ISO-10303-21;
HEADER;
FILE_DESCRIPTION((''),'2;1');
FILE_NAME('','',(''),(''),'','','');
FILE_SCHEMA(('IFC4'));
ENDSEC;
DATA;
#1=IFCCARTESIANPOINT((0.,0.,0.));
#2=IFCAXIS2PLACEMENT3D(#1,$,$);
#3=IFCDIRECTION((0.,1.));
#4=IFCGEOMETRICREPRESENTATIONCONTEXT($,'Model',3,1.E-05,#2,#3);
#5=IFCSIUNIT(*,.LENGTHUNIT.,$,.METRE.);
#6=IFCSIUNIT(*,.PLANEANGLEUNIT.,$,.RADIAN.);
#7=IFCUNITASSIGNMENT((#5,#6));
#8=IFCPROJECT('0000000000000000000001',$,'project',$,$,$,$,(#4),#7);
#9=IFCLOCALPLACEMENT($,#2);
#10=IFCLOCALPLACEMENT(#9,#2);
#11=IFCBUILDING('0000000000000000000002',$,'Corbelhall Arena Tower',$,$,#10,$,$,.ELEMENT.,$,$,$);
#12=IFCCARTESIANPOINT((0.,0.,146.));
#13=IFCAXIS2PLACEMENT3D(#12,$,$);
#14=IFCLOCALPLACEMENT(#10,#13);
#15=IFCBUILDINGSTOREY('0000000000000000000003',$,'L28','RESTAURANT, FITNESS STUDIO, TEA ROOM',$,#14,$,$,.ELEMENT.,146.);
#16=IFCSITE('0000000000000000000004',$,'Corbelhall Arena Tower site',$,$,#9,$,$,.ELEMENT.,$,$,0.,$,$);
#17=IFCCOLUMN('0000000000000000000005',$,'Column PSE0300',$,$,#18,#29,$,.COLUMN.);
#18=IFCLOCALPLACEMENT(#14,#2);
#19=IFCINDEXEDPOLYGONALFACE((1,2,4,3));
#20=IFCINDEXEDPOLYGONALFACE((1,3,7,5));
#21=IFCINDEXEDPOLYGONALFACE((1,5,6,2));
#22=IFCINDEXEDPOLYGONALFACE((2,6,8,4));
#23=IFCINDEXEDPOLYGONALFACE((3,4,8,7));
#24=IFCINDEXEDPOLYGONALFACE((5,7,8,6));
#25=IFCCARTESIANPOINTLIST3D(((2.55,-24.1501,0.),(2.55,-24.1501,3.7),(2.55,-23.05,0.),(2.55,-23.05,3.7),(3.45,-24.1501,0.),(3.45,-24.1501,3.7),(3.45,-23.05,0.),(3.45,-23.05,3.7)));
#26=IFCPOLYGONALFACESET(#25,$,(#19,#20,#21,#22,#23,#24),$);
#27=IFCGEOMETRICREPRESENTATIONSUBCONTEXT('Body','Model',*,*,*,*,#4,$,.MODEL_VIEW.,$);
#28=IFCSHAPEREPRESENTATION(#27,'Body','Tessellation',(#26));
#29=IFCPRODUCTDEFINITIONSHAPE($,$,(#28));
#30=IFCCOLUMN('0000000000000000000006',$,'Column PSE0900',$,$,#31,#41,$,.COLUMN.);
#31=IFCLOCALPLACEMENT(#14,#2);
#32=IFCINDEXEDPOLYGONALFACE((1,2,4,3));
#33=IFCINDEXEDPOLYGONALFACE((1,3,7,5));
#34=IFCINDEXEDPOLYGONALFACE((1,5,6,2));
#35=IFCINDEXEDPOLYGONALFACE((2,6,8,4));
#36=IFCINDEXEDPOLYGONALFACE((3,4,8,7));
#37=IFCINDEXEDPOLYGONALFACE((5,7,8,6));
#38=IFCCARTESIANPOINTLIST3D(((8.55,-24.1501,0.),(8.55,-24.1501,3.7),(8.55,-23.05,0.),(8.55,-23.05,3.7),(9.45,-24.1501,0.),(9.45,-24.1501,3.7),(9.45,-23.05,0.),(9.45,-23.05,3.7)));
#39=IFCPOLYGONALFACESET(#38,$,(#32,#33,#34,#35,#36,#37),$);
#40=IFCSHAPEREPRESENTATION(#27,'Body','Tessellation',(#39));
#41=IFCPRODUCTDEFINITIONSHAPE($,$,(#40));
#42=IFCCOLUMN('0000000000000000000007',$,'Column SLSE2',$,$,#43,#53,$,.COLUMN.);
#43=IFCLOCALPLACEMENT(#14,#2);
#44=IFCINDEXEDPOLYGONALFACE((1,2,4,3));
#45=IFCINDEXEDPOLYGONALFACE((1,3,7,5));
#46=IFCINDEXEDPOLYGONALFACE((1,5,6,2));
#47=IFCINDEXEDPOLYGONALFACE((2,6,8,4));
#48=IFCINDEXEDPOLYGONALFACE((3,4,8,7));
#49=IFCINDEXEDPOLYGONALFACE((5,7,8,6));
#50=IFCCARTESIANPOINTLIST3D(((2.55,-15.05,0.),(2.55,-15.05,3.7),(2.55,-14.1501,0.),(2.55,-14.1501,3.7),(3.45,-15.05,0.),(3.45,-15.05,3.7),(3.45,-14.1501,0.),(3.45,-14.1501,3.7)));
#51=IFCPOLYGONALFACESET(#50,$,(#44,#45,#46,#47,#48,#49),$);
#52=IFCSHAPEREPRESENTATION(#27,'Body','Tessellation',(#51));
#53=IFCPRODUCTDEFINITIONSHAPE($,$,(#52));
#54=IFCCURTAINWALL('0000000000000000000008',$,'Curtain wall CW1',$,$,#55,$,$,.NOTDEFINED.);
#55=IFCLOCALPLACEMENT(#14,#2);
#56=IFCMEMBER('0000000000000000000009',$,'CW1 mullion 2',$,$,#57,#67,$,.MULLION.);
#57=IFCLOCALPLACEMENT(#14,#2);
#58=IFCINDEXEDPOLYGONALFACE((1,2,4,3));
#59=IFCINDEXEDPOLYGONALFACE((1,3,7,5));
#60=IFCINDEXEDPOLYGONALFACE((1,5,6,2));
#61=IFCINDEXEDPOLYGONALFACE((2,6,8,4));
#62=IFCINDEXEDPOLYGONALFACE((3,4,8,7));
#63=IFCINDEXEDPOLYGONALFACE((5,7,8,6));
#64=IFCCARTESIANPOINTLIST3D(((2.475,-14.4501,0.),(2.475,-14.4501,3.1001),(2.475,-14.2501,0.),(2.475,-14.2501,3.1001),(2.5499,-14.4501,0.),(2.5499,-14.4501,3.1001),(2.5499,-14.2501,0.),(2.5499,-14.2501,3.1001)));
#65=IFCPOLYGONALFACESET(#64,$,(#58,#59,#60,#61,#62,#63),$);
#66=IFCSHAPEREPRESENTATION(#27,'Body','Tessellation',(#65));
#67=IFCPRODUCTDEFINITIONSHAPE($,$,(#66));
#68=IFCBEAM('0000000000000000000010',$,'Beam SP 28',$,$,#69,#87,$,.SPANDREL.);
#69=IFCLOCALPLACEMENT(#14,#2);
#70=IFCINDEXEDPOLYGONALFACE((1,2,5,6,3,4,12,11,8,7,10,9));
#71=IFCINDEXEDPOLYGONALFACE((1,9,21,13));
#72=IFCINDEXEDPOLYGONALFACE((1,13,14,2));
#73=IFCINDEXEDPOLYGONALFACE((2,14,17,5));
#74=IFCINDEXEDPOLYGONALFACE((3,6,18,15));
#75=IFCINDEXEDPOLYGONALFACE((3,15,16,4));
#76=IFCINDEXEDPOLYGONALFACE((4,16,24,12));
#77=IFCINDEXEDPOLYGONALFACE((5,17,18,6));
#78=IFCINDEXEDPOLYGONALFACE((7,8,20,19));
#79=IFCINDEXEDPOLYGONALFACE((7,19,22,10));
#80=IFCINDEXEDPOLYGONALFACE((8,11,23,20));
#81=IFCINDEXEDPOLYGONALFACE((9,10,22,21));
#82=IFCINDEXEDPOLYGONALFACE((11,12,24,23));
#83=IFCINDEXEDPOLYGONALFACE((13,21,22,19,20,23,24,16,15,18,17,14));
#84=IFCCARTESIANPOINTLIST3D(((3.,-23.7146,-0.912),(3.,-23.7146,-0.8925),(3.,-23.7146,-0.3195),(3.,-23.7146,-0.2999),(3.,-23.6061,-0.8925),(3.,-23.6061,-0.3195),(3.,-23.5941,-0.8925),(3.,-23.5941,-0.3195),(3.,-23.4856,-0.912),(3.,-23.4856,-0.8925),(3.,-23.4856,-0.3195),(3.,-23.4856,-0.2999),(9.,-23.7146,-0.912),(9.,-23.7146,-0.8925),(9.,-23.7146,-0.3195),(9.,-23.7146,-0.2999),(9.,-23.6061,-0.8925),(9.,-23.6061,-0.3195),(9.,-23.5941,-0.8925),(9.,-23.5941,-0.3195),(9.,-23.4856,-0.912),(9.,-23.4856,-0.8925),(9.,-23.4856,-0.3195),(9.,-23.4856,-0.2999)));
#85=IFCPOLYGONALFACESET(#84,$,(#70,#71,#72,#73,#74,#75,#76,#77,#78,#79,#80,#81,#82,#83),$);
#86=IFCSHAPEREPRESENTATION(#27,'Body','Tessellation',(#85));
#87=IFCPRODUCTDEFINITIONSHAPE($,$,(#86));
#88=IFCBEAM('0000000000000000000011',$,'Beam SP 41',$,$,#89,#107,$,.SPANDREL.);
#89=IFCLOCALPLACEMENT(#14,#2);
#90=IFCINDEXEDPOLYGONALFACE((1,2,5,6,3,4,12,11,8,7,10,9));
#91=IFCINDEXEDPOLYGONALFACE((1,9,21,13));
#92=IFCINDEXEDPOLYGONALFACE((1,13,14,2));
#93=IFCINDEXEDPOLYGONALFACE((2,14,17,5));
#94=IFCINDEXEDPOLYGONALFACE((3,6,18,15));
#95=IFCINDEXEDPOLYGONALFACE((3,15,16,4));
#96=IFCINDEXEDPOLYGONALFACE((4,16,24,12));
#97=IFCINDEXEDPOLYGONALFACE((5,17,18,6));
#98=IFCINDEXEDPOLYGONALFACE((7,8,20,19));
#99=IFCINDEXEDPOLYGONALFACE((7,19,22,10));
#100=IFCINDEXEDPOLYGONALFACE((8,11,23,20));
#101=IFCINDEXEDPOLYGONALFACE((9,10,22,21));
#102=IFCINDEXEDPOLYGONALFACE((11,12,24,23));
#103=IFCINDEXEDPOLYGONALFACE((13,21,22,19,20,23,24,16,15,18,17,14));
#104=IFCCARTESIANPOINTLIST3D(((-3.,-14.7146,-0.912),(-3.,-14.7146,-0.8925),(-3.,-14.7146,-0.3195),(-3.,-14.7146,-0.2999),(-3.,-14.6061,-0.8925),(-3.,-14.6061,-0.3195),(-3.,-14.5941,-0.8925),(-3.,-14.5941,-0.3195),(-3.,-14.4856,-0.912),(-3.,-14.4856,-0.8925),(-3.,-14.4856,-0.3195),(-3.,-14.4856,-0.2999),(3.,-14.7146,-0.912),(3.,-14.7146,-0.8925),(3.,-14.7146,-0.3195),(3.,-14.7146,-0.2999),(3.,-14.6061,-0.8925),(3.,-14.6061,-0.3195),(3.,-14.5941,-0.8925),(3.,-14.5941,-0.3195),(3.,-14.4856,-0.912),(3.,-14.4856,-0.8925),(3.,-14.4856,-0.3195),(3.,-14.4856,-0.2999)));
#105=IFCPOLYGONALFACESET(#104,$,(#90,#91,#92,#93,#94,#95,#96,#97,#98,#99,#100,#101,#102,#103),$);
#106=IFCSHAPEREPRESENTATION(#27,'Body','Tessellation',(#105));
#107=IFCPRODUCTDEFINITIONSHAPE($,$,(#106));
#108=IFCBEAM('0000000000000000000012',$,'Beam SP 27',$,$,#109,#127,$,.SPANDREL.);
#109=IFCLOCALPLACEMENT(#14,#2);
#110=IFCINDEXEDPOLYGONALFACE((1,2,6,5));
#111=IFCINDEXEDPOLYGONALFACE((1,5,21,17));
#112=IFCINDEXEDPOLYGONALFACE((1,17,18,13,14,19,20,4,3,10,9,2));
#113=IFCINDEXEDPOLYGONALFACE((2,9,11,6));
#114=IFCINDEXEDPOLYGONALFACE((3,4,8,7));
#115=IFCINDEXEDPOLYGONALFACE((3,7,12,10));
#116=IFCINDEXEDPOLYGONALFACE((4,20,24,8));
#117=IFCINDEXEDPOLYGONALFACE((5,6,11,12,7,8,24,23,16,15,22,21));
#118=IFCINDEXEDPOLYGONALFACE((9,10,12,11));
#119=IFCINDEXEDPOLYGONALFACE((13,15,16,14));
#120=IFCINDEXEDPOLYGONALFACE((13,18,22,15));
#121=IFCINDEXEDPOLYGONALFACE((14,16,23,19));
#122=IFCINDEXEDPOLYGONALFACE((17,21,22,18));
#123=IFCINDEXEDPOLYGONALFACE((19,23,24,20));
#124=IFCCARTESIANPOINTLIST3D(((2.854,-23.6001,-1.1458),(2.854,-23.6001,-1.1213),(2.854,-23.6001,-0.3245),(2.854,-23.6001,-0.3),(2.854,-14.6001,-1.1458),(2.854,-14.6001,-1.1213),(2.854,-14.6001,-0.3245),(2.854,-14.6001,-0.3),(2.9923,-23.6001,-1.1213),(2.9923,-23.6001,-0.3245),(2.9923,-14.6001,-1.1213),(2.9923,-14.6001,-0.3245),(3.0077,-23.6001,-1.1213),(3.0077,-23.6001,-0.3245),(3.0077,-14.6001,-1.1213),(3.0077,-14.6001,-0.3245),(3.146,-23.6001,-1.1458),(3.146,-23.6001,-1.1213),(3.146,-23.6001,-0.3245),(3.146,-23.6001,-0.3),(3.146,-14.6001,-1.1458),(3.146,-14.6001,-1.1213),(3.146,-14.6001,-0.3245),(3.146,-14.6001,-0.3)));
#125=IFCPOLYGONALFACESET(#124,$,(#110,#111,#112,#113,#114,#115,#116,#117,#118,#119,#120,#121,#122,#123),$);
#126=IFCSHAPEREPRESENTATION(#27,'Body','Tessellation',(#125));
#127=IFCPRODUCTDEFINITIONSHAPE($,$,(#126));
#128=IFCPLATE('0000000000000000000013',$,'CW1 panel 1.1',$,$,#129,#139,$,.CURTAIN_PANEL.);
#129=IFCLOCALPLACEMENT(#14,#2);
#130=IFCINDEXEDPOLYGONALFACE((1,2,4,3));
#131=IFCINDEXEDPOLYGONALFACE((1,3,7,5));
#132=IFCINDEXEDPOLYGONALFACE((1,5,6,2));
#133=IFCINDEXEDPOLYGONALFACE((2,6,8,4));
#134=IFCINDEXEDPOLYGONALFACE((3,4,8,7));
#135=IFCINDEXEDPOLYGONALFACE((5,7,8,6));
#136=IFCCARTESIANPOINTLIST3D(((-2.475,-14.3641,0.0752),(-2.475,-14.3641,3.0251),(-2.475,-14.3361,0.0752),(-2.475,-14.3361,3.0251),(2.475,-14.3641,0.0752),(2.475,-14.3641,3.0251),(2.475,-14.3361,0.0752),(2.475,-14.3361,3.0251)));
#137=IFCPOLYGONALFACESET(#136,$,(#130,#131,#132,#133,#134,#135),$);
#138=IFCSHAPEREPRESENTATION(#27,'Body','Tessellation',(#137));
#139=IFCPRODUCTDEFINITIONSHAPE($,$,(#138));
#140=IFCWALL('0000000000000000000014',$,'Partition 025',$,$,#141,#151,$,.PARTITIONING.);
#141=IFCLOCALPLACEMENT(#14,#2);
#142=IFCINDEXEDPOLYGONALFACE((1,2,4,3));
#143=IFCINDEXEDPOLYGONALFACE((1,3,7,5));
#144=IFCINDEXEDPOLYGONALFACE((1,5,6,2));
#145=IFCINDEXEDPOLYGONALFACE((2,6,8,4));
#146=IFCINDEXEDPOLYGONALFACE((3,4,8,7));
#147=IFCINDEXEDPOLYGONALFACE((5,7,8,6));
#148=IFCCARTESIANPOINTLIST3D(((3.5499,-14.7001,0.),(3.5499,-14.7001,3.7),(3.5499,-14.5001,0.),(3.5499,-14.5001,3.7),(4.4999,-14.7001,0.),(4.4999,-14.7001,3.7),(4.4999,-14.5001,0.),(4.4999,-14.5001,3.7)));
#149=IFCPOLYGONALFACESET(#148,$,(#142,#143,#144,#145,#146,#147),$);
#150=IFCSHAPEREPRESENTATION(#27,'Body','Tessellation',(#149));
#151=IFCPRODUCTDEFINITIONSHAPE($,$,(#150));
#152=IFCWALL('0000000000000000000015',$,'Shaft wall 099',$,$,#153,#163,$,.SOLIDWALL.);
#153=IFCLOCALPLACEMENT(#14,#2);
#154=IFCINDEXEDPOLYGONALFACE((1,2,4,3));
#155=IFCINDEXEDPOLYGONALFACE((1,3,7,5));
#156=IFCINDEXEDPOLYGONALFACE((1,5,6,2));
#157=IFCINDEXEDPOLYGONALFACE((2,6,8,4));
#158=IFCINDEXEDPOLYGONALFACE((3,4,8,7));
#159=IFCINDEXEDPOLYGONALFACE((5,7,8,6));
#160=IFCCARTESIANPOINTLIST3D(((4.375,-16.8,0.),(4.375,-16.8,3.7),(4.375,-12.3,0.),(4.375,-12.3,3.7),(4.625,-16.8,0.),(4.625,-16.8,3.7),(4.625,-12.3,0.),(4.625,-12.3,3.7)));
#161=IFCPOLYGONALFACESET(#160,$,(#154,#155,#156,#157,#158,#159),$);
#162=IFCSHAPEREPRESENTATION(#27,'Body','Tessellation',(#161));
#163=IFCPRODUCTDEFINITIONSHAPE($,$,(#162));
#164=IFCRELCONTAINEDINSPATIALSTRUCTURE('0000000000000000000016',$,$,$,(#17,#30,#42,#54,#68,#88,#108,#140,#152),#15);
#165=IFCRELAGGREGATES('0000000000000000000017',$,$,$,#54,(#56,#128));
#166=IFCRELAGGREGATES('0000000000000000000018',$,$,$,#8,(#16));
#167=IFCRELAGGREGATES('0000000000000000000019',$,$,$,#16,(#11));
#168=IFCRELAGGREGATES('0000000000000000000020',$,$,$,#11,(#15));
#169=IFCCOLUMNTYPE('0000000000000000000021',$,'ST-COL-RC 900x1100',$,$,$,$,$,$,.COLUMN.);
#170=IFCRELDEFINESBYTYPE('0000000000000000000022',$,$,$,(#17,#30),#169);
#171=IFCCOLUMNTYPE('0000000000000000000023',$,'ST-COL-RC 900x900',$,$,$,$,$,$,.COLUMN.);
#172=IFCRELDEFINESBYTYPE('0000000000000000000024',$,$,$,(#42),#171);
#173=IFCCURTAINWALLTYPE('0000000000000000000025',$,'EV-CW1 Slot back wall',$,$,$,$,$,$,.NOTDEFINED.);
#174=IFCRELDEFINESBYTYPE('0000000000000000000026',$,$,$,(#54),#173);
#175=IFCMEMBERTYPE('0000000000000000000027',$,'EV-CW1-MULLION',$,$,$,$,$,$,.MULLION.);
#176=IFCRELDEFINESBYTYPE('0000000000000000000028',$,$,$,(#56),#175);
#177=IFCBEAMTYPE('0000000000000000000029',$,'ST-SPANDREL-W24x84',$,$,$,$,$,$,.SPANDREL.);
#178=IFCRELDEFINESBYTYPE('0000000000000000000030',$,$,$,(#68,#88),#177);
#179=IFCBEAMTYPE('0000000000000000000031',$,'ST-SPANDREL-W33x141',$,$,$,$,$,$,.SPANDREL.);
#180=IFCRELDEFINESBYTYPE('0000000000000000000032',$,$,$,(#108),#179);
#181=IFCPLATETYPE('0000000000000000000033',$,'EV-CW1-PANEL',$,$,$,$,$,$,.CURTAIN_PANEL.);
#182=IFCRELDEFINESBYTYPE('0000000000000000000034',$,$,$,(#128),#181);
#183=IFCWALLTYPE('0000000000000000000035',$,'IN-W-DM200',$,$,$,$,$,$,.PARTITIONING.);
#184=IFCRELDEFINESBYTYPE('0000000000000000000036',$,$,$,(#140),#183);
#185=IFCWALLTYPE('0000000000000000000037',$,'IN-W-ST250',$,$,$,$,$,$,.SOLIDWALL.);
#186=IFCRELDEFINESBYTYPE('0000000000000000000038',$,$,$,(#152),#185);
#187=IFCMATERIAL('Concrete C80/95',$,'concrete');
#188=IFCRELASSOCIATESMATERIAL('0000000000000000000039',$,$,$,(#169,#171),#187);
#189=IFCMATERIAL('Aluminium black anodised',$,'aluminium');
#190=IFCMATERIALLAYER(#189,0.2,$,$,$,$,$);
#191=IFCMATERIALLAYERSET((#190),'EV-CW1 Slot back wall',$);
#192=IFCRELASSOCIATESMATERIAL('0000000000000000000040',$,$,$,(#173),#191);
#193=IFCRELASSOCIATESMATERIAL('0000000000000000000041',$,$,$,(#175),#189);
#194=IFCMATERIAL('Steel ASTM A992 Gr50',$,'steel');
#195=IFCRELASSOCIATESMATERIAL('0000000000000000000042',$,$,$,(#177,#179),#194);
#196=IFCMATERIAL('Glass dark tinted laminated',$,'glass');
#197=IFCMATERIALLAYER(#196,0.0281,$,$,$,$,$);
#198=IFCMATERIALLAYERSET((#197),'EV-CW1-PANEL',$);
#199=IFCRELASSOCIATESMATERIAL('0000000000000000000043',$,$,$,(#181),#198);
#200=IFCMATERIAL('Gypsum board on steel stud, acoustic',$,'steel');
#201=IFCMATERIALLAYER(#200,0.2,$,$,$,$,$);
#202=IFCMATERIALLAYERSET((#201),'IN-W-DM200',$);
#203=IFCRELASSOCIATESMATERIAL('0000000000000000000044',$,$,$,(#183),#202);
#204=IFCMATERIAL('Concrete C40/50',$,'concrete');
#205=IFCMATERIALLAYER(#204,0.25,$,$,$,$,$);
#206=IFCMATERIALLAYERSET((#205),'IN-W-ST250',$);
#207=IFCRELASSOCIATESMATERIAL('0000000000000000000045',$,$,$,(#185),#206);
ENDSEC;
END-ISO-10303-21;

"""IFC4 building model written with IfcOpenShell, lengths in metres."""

from ifc_helpers import new_model, si_unit, direction, frame, frame_2d, origin, origin_2d, place, context, subcontext, project, spatial, rectangle, i_section, extrude, material, layer, layer_set, material_profile, profile_set, type_object, element, aggregate, save


model = new_model("IFC4")

# Units and contexts
model_context = context("Model", 3, precision=1e-05, world=origin(), true_north=direction((0.0, 1.0)))
body_context = subcontext(model_context, "Body", "Model", "MODEL_VIEW")
ifc_project = project(units=[si_unit("LENGTHUNIT", "METRE"), si_unit("PLANEANGLEUNIT", "RADIAN")], contexts=[model_context])

# Site, building, storey
site_placement = place(None, origin())
site = spatial("IfcSite", under=ifc_project, at=site_placement, Name="Corbelhall Arena Tower site", CompositionType="ELEMENT", RefElevation=0.0)
building_placement = place(site_placement, origin())
building = spatial("IfcBuilding", under=site, at=building_placement, Name="Corbelhall Arena Tower", CompositionType="ELEMENT")
storey_placement = place(building_placement, frame((0.0, 0.0, 146.0)))
storey = spatial("IfcBuildingStorey", under=building, at=storey_placement, Name="L28", Description="RESTAURANT, FITNESS STUDIO, TEA ROOM", CompositionType="ELEMENT", Elevation=146.0)

# Columns
ifc_material_1 = material(Name="Concrete C80/95", Category="concrete")
ifc_material_profile_1 = material_profile(ifc_material_1, rectangle(XDim=0.8999, YDim=1.1001, at=origin_2d()))
ifc_profile_set_1 = profile_set([ifc_material_profile_1], Name="Concrete C80/95")
column_type_1 = type_object("IfcColumnType", Name="ST-COL-RC 900x1100", PredefinedType="COLUMN", material=ifc_profile_set_1)
for number, where, z_axis, x_axis, name in (
    (1, (3.0, -23.6001, 0.0), (0.0, 0.0, 1.0), (1.0, 0.0, 0.0), "Column PSE0300"),
    (2, (9.0, -23.6001, 0.0), (0.0, 0.0, 1.0), (1.0, 0.0, 0.0), "Column PSE0900"),
):
    element("IfcColumn", number, at=place(storey_placement, frame(where, z_axis=z_axis, x_axis=x_axis)), inside=storey, type_object=column_type_1, Name=name, PredefinedType="COLUMN", context=body_context, shape_type="SweptSolid", body=[
        extrude(rectangle(XDim=0.8999, YDim=1.1001, at=origin_2d()), origin(), (0.0, 0.0, 1.0), 3.7),
    ])
ifc_material_profile_2 = material_profile(ifc_material_1, rectangle(XDim=0.8999, YDim=0.8999, at=origin_2d()))
ifc_profile_set_2 = profile_set([ifc_material_profile_2], Name="Concrete C80/95")
column_type_2 = type_object("IfcColumnType", Name="ST-COL-RC 900x900", PredefinedType="COLUMN", material=ifc_profile_set_2)
column_placement = place(storey_placement, frame((3.0, -14.6001, 0.0), z_axis=(0.0, 0.0, 1.0), x_axis=(1.0, 0.0, 0.0)))
element("IfcColumn", 3, at=column_placement, inside=storey, type_object=column_type_2, Name="Column SLSE2", PredefinedType="COLUMN", context=body_context, shape_type="SweptSolid", body=[
    extrude(rectangle(XDim=0.8999, YDim=0.8999, at=origin_2d()), origin(), (0.0, 0.0, 1.0), 3.7),
])

# Curtain wall, member
ifc_material_2 = material(Name="Aluminium black anodised", Category="aluminium")
ifc_layer_1 = layer(ifc_material_2, 0.2)
ifc_layer_set_1 = layer_set([ifc_layer_1], Name="EV-CW1 Slot back wall")
curtain_wall_type = type_object("IfcCurtainWallType", Name="EV-CW1 Slot back wall", PredefinedType="NOTDEFINED", material=ifc_layer_set_1)
curtain_wall_placement = place(storey_placement, origin())
curtain_wall = element("IfcCurtainWall", 4, at=curtain_wall_placement, inside=storey, type_object=curtain_wall_type, Name="Curtain wall CW1", PredefinedType="NOTDEFINED")
ifc_material_profile_3 = material_profile(ifc_material_2, rectangle(XDim=0.2, YDim=0.075, at=origin_2d()))
ifc_profile_set_3 = profile_set([ifc_material_profile_3], Name="Aluminium black anodised")
member_type = type_object("IfcMemberType", Name="EV-CW1-MULLION", PredefinedType="MULLION", material=ifc_profile_set_3)
member_placement = place(storey_placement, frame((2.5125, -14.3501, 0.0), z_axis=(0.0, 0.0, 1.0), x_axis=(0.0, 1.0, 0.0)))
member = element("IfcMember", 5, at=member_placement, type_object=member_type, Name="CW1 mullion 2", PredefinedType="MULLION", context=body_context, shape_type="SweptSolid", body=[
    extrude(rectangle(XDim=0.2, YDim=0.075, at=origin_2d()), origin(), (0.0, 0.0, 1.0), 3.1001),
])

# Beams
ifc_material_3 = material(Name="Steel ASTM A992 Gr50", Category="steel")
ifc_material_profile_4 = material_profile(ifc_material_3, i_section(OverallWidth=0.229, OverallDepth=0.6121, WebThickness=0.012, FlangeThickness=0.0195, at=origin_2d()))
ifc_profile_set_4 = profile_set([ifc_material_profile_4], Name="Steel ASTM A992 Gr50")
beam_type_1 = type_object("IfcBeamType", Name="ST-SPANDREL-W24x84", PredefinedType="SPANDREL", material=ifc_profile_set_4)
for number, where, z_axis, x_axis, name in (
    (6, (9.0, -23.6001, -0.606), (-1.0, 0.0, 0.0), (0.0, -1.0, 0.0), "Beam SP 28"),
    (7, (3.0, -14.6001, -0.606), (-1.0, 0.0, 0.0), (0.0, -1.0, 0.0), "Beam SP 41"),
):
    element("IfcBeam", number, at=place(storey_placement, frame(where, z_axis=z_axis, x_axis=x_axis)), inside=storey, type_object=beam_type_1, Name=name, PredefinedType="SPANDREL", context=body_context, shape_type="SweptSolid", body=[
        extrude(i_section(OverallWidth=0.229, OverallDepth=0.6121, WebThickness=0.012, FlangeThickness=0.0195, at=origin_2d()), origin(), (0.0, 0.0, 1.0), 6.0),
    ])
ifc_material_profile_5 = material_profile(ifc_material_3, i_section(OverallWidth=0.292, OverallDepth=0.8457, WebThickness=0.0154, FlangeThickness=0.0244, at=origin_2d()))
ifc_profile_set_5 = profile_set([ifc_material_profile_5], Name="Steel ASTM A992 Gr50")
beam_type_2 = type_object("IfcBeamType", Name="ST-SPANDREL-W33x141", PredefinedType="SPANDREL", material=ifc_profile_set_5)
beam_placement = place(storey_placement, frame((3.0, -23.6001, -0.7229), z_axis=(0.0, 1.0, 0.0), x_axis=(-1.0, 0.0, 0.0)))
element("IfcBeam", 8, at=beam_placement, inside=storey, type_object=beam_type_2, Name="Beam SP 27", PredefinedType="SPANDREL", context=body_context, shape_type="SweptSolid", body=[
    extrude(i_section(OverallWidth=0.292, OverallDepth=0.8457, WebThickness=0.0154, FlangeThickness=0.0244, at=origin_2d()), origin(), (0.0, 0.0, 1.0), 9.0),
])

# Plate
ifc_material_4 = material(Name="Glass dark tinted laminated", Category="glass")
ifc_layer_2 = layer(ifc_material_4, 0.0281)
ifc_layer_set_2 = layer_set([ifc_layer_2], Name="EV-CW1-PANEL")
plate_type = type_object("IfcPlateType", Name="EV-CW1-PANEL", PredefinedType="CURTAIN_PANEL", material=ifc_layer_set_2)
plate_placement = place(storey_placement, frame((0.0, -14.3501, 0.0752), z_axis=(0.0, 0.0, 1.0), x_axis=(1.0, 0.0, 0.0)))
plate = element("IfcPlate", 9, at=plate_placement, type_object=plate_type, Name="CW1 panel 1.1", PredefinedType="CURTAIN_PANEL", context=body_context, shape_type="SweptSolid", body=[
    extrude(rectangle(XDim=4.95, YDim=0.0281, at=origin_2d()), origin(), (0.0, 0.0, 1.0), 2.95),
])
aggregate(curtain_wall, [member, plate])

# Walls
ifc_material_5 = material(Name="Gypsum board on steel stud, acoustic", Category="steel")
ifc_layer_3 = layer(ifc_material_5, 0.2)
ifc_layer_set_3 = layer_set([ifc_layer_3], Name="IN-W-DM200")
wall_type_1 = type_object("IfcWallType", Name="IN-W-DM200", PredefinedType="PARTITIONING", material=ifc_layer_set_3)
wall_1_placement = place(storey_placement, frame((4.5, -14.6001, 0.0), z_axis=(0.0, 0.0, 1.0), x_axis=(-1.0, 0.0, 0.0)))
element("IfcWall", 10, at=wall_1_placement, inside=storey, type_object=wall_type_1, Name="Partition 025", PredefinedType="PARTITIONING", context=body_context, shape_type="SweptSolid", body=[
    extrude(rectangle(XDim=0.95, YDim=0.2, at=frame_2d((0.4751, 0.0))), origin(), (0.0, 0.0, 1.0), 3.7),
])
ifc_material_6 = material(Name="Concrete C40/50", Category="concrete")
ifc_layer_4 = layer(ifc_material_6, 0.25)
ifc_layer_set_4 = layer_set([ifc_layer_4], Name="IN-W-ST250")
wall_type_2 = type_object("IfcWallType", Name="IN-W-ST250", PredefinedType="SOLIDWALL", material=ifc_layer_set_4)
wall_2_placement = place(storey_placement, frame((4.5, -16.8, 0.0), z_axis=(0.0, 0.0, 1.0), x_axis=(0.0, 1.0, 0.0)))
element("IfcWall", 11, at=wall_2_placement, inside=storey, type_object=wall_type_2, Name="Shaft wall 099", PredefinedType="SOLIDWALL", context=body_context, shape_type="SweptSolid", body=[
    extrude(rectangle(XDim=4.5, YDim=0.25, at=frame_2d((2.25, 0.0))), origin(), (0.0, 0.0, 1.0), 3.7),
])

save(model, "model.ifc")
